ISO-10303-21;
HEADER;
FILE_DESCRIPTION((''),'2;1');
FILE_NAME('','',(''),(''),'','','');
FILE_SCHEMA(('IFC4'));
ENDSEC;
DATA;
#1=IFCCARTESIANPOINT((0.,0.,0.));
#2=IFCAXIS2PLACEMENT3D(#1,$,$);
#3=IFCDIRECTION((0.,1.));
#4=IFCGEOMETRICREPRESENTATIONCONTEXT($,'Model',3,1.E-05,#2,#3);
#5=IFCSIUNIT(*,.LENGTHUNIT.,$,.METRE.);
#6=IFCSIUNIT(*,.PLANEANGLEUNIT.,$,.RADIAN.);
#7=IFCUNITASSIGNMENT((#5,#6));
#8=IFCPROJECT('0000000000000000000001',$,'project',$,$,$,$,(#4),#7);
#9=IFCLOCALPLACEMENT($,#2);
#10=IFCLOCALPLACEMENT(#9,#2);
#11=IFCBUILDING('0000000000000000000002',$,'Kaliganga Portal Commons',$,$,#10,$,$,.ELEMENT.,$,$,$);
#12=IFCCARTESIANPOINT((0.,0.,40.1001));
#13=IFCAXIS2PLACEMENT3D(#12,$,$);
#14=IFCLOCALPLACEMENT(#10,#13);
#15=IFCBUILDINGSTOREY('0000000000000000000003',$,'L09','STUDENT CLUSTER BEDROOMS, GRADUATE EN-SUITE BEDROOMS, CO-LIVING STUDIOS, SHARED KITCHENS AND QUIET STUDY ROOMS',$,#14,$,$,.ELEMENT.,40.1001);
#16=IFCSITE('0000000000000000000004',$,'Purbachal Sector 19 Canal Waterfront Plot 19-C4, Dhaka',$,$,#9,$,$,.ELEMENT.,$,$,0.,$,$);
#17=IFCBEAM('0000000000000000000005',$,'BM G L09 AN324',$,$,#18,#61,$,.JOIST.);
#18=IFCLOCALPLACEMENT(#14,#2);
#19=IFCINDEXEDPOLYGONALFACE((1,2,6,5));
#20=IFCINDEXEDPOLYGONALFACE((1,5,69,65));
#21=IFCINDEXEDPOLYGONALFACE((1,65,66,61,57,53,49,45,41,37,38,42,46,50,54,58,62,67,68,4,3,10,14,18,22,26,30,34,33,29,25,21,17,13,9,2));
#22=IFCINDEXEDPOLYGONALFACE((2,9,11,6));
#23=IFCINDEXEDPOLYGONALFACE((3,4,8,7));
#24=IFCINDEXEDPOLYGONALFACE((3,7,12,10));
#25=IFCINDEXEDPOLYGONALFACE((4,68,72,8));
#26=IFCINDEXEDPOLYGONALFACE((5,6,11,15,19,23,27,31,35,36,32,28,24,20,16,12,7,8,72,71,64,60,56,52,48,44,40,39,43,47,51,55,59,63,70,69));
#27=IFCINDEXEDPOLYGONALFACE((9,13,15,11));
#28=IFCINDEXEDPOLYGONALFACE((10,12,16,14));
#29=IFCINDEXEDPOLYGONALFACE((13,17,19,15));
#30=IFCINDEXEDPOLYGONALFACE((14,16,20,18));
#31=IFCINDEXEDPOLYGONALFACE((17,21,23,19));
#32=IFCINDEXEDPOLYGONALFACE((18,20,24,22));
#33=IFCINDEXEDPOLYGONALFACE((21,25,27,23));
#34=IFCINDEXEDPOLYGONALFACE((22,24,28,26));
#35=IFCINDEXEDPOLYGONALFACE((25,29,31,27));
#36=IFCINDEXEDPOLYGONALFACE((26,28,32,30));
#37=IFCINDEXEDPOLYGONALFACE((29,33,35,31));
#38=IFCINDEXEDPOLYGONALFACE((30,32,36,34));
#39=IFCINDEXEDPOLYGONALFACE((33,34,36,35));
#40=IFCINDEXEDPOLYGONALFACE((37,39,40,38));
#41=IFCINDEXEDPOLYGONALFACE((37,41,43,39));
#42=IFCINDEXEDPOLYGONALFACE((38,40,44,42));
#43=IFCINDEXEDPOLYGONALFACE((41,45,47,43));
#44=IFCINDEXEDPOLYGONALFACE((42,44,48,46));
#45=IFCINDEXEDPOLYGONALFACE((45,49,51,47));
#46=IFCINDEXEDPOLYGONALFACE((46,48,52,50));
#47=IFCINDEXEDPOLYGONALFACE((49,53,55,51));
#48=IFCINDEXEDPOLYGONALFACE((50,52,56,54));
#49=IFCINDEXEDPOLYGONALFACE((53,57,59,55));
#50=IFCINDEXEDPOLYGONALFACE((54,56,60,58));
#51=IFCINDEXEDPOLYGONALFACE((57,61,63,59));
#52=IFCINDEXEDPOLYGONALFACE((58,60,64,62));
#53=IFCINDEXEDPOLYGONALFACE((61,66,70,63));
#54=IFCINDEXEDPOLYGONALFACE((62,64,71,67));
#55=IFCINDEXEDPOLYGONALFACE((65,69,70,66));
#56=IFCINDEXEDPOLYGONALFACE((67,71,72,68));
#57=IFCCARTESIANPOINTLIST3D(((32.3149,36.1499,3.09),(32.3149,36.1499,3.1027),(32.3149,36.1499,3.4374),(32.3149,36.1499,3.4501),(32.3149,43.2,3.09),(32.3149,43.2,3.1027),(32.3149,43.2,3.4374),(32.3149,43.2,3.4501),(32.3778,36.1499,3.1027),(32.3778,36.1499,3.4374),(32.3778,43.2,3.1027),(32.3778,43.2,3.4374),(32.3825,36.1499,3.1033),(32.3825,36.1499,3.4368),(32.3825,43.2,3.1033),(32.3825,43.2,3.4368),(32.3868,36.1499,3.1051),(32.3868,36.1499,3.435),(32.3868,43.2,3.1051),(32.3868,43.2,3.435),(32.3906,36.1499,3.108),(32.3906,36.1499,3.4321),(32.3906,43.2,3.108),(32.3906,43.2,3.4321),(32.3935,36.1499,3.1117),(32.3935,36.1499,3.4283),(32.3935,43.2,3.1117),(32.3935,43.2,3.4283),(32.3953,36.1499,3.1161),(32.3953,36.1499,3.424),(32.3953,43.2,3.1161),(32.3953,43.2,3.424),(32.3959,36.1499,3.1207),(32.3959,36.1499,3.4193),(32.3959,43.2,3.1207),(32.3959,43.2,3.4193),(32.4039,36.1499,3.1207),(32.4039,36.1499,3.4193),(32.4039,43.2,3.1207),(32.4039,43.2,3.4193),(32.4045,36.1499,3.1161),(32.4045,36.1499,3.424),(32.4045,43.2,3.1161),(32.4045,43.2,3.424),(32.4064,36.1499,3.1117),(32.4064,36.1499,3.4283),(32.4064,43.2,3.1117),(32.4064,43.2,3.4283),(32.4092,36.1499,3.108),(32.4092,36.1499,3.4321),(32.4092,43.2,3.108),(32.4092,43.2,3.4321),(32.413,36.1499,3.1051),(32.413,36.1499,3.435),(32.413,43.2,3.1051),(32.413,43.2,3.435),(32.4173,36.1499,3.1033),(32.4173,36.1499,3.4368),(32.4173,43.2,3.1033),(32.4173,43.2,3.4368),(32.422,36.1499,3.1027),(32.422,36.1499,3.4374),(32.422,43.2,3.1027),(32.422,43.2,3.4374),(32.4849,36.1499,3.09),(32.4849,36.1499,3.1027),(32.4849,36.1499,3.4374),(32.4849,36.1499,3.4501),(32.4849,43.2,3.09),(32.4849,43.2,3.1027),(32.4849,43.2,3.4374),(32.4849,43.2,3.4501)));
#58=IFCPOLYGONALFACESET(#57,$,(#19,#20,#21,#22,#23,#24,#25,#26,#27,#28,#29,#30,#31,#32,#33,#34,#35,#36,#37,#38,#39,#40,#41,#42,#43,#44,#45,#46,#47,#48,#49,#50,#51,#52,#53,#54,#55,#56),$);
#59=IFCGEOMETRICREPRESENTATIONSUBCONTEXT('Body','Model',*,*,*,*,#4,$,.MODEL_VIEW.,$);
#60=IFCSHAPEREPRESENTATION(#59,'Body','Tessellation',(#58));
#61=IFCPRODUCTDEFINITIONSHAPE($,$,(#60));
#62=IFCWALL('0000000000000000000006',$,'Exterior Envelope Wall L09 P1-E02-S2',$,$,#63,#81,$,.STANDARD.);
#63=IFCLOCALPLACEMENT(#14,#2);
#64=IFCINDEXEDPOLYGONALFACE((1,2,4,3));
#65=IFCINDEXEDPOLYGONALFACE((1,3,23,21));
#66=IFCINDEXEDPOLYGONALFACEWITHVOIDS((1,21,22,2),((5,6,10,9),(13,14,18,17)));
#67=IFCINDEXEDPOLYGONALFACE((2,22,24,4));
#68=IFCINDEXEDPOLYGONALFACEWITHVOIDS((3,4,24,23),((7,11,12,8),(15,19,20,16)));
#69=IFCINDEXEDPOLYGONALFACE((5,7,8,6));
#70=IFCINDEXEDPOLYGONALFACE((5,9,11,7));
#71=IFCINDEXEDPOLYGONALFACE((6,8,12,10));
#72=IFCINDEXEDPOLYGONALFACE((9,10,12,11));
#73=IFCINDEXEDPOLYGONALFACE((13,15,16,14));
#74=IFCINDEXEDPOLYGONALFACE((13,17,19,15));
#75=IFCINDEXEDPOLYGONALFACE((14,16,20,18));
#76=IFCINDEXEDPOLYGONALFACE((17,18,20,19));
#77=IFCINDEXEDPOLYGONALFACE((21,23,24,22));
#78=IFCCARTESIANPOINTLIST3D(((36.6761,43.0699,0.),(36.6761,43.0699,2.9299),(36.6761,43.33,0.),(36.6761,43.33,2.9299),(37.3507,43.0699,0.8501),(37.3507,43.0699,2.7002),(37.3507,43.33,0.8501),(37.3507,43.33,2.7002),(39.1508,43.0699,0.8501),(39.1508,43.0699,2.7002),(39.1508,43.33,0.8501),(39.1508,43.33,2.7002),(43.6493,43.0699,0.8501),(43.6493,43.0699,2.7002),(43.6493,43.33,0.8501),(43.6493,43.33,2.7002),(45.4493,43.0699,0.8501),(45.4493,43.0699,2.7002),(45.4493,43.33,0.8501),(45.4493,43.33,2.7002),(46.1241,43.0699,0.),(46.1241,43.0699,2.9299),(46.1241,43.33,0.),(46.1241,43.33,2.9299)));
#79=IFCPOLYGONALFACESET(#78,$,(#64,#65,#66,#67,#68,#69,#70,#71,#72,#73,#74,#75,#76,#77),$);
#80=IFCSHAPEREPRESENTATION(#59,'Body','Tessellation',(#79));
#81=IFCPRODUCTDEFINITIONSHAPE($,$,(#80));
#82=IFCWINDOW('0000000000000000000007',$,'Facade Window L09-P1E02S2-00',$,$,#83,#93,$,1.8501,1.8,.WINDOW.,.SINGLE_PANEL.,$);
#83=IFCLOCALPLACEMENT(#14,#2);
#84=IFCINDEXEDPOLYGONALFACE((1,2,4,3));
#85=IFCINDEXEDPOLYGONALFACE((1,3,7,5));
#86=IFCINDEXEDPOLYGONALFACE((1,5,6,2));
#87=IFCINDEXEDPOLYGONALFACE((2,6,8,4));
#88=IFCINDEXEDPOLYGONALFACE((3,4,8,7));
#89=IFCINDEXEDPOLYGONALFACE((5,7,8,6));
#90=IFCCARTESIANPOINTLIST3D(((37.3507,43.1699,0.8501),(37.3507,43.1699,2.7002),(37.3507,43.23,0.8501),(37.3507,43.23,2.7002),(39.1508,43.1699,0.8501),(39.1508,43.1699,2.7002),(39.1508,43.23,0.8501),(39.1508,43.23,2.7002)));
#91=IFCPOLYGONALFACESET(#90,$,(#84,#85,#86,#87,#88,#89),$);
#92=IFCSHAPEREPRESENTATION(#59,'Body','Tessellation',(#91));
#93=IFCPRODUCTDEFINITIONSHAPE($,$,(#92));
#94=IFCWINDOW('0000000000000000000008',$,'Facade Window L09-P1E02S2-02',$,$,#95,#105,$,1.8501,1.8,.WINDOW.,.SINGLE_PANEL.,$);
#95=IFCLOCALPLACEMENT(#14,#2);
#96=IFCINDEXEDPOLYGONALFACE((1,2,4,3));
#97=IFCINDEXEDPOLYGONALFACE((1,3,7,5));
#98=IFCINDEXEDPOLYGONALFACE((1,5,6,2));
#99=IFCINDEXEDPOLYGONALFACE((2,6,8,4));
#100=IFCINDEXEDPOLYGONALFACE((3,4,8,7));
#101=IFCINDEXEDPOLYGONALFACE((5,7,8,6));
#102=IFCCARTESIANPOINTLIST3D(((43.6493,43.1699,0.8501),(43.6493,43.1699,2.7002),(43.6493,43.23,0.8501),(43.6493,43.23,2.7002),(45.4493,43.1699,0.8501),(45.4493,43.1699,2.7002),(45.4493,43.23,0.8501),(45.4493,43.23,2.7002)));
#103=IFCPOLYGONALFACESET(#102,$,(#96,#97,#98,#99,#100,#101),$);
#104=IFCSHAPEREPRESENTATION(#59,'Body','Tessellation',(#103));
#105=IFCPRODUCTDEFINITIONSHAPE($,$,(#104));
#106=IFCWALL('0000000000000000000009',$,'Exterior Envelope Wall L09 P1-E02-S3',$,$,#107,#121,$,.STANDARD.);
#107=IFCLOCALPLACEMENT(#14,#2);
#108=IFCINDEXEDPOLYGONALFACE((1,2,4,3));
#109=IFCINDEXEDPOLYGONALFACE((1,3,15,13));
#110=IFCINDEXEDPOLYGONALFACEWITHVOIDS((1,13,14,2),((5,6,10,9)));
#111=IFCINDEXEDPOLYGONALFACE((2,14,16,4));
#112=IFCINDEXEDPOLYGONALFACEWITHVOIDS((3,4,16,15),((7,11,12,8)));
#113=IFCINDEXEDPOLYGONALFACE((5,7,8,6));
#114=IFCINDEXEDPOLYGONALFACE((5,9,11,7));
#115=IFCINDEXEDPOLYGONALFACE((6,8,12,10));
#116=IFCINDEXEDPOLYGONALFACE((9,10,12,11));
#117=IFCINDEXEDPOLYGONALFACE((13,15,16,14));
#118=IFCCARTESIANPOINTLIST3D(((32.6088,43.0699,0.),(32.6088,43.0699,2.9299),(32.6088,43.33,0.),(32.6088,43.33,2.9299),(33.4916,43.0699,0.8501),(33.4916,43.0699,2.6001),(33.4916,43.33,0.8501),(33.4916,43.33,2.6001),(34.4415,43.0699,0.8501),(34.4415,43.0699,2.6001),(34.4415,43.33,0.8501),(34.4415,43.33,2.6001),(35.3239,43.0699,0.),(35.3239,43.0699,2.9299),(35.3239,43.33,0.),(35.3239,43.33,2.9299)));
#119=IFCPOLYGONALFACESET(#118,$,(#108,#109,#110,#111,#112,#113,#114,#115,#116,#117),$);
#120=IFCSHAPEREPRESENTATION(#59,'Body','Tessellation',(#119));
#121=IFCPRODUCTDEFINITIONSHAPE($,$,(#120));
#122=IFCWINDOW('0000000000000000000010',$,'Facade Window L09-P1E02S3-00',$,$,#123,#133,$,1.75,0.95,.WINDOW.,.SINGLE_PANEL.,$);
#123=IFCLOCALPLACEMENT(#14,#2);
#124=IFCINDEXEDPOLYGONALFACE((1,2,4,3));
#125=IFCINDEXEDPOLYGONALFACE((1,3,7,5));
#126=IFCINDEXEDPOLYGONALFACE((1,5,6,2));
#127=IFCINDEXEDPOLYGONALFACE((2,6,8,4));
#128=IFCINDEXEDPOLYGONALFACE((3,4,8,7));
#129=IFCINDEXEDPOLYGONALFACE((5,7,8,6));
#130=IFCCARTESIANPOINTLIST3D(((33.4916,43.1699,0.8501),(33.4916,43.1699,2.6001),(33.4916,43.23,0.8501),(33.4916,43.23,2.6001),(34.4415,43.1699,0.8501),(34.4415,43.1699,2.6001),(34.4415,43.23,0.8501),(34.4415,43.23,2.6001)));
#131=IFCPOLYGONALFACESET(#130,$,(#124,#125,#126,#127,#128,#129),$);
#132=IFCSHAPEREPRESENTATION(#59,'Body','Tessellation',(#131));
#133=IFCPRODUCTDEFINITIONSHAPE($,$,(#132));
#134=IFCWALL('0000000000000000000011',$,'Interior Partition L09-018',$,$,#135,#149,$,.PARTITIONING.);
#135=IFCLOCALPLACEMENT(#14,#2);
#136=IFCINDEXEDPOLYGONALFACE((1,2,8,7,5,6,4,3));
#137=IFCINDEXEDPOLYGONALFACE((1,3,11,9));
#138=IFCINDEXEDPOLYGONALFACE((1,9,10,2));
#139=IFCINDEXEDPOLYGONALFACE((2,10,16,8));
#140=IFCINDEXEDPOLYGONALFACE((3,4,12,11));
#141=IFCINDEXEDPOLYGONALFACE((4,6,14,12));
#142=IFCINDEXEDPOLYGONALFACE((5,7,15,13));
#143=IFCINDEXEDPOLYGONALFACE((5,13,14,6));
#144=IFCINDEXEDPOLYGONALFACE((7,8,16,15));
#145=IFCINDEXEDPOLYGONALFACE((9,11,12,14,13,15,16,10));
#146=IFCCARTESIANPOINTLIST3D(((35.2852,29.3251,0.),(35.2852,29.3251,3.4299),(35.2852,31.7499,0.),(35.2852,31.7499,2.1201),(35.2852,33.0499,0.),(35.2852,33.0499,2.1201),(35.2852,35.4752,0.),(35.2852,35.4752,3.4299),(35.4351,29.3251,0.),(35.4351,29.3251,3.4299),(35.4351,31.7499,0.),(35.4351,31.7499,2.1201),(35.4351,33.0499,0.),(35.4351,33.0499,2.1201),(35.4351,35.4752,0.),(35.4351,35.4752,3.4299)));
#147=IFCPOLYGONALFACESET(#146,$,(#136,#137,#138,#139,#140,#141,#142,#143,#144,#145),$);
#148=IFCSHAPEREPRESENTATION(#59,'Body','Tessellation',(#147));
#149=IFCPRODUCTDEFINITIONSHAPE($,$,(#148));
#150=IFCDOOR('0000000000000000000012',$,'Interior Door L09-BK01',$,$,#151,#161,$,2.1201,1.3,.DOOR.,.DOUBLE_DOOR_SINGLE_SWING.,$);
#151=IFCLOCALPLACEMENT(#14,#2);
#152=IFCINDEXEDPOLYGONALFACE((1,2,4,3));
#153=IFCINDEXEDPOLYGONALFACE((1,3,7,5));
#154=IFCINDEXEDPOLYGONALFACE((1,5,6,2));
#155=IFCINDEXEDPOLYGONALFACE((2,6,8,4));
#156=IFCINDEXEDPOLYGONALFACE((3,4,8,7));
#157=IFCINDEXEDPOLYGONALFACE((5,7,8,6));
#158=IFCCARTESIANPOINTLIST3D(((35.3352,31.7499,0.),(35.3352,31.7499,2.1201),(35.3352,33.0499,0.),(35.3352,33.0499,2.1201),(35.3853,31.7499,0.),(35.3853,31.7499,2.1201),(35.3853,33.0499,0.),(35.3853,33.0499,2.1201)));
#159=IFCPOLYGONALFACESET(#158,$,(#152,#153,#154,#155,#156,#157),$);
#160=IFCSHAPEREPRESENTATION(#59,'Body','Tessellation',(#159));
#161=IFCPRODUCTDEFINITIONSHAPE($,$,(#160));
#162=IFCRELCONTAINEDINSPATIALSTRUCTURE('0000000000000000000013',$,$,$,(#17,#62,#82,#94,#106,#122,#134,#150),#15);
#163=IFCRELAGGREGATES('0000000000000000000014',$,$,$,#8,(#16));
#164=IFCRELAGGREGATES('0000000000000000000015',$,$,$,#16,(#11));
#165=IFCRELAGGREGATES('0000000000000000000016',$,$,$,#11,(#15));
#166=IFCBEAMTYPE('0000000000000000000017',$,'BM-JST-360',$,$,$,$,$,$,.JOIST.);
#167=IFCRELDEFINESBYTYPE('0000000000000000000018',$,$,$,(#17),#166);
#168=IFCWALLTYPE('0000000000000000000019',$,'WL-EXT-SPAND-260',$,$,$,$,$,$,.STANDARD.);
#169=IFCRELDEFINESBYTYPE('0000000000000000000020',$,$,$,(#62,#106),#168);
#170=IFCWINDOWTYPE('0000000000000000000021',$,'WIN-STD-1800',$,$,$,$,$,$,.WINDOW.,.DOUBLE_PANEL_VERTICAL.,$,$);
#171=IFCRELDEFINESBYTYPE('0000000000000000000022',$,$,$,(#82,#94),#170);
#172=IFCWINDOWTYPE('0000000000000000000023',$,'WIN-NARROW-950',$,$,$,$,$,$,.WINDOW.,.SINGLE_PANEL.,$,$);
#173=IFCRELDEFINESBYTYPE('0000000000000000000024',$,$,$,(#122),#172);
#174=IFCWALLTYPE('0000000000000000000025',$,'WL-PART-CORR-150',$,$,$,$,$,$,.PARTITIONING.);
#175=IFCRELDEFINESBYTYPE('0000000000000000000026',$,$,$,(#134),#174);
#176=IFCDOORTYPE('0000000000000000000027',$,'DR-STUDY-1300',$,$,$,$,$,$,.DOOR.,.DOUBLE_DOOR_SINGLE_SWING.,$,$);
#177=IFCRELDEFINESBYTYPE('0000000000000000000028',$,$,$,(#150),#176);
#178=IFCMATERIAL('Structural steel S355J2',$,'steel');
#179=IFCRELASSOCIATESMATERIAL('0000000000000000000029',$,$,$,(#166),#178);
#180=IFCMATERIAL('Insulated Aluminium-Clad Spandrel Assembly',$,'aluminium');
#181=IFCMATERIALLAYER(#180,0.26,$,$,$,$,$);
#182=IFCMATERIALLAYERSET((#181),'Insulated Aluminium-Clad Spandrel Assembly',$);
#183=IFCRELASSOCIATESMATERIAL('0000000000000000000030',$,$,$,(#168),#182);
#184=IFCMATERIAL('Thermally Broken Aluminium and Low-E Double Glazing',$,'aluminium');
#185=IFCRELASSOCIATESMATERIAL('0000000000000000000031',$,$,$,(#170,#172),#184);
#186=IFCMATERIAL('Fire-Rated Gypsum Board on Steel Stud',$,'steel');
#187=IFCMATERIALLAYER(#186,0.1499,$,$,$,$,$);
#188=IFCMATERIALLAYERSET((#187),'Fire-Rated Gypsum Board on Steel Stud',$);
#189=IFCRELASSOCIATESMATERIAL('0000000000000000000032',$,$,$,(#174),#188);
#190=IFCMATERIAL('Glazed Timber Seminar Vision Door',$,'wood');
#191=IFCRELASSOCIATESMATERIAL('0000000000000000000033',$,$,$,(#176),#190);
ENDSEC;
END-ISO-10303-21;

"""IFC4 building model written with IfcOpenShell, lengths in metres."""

from ifc_helpers import new_model, si_unit, direction, frame, frame_2d, origin, origin_2d, place, context, subcontext, project, spatial, rectangle, i_section, extrude, source, transform, mapped, material, layer, layer_set, material_profile, profile_set, type_object, element, fill, save


model = new_model("IFC4")

# Units and contexts
model_context = context("Model", 3, precision=1e-05, world=origin(), true_north=direction((0.0, 1.0)))
body_context = subcontext(model_context, "Body", "Model", "MODEL_VIEW")
ifc_project = project(units=[si_unit("LENGTHUNIT", "METRE"), si_unit("PLANEANGLEUNIT", "RADIAN")], contexts=[model_context])

# Site, building, storey
site_placement = place(None, origin())
site = spatial("IfcSite", under=ifc_project, at=site_placement, Name="Purbachal Sector 19 Canal Waterfront Plot 19-C4, Dhaka", CompositionType="ELEMENT", RefElevation=0.0)
building_placement = place(site_placement, origin())
building = spatial("IfcBuilding", under=site, at=building_placement, Name="Kaliganga Portal Commons", CompositionType="ELEMENT")
storey_placement = place(building_placement, frame((0.0, 0.0, 40.1001)))
storey = spatial("IfcBuildingStorey", under=building, at=storey_placement, Name="L09", Description="STUDENT CLUSTER BEDROOMS, GRADUATE EN-SUITE BEDROOMS, CO-LIVING STUDIOS, SHARED KITCHENS AND QUIET STUDY ROOMS", CompositionType="ELEMENT", Elevation=40.1001)

# Beam
ifc_material_1 = material(Name="Structural steel S355J2", Category="steel")
ifc_material_profile_1 = material_profile(ifc_material_1, i_section(OverallWidth=0.1699, OverallDepth=0.3601, WebThickness=0.0081, FlangeThickness=0.0127, FilletRadius=0.0181, at=origin_2d()), Name="IPE 360")
ifc_profile_set_1 = profile_set([ifc_material_profile_1], Name="Structural steel S355J2 wide-flange")
beam_type_1 = type_object("IfcBeamType", Name="BM-JST-360", PredefinedType="JOIST", material=ifc_profile_set_1)
shared_shape_1 = source(origin(), body_context, "Body", "SweptSolid", [
    extrude(i_section(OverallWidth=0.1699, OverallDepth=0.3601, WebThickness=0.0081, FlangeThickness=0.0127, FilletRadius=0.0181, at=origin_2d()), origin(), (0.0, 0.0, 1.0), 7.05),
])
beam_1_placement = place(storey_placement, frame((32.3999, 36.1499, 3.27), z_axis=(0.0, 1.0, 0.0), x_axis=(-1.0, 0.0, 0.0)))
element("IfcBeam", 1, at=beam_1_placement, inside=storey, type_object=beam_type_1, Name="BM G L09 AN324", PredefinedType="JOIST", context=body_context, shape_type="MappedRepresentation", body=[
    mapped(shared_shape_1, transform((0.0, 0.0, 0.0), x_axis=(1.0, 0.0, 0.0), y_axis=(0.0, 1.0, 0.0), z_axis=(0.0, 0.0, 1.0), scale=1.0)),
])

# Wall, openings, windows
ifc_material_2 = material(Name="Insulated Aluminium-Clad Spandrel Assembly", Category="aluminium")
ifc_layer_1 = layer(ifc_material_2, 0.26)
ifc_layer_set_1 = layer_set([ifc_layer_1], Name="Insulated Aluminium-Clad Spandrel Assembly")
wall_type_1 = type_object("IfcWallType", Name="WL-EXT-SPAND-260", PredefinedType="STANDARD", material=ifc_layer_set_1)
wall_1_placement = place(storey_placement, frame((36.676, 43.2, 0.0), z_axis=(0.0, 0.0, 1.0), x_axis=(1.0, 0.0, 0.0)))
wall_1 = element("IfcWall", 2, at=wall_1_placement, inside=storey, type_object=wall_type_1, Name="Exterior Envelope Wall L09 P1-E02-S2", PredefinedType="STANDARD", context=body_context, shape_type="SweptSolid", body=[
    extrude(rectangle(XDim=9.448, YDim=0.26, at=frame_2d((4.7241, 0.0))), origin(), (0.0, 0.0, 1.0), 2.9299),
])
opening_1_placement = place(wall_1_placement, frame((0.6748, 0.0, 0.8501)))
opening_1 = element("IfcOpeningElement", 3, at=opening_1_placement, cuts=wall_1, PredefinedType="OPENING", context=body_context, shape_type="SweptSolid", body=[
    extrude(rectangle(XDim=1.8, YDim=1.8501, at=frame_2d((0.8999, 0.925))), frame((0.0, 0.1401, 0.0), z_axis=(0.0, -1.0, 0.0), x_axis=(1.0, 0.0, 0.0)), (0.0, 0.0, 1.0), 0.28),
])
opening_2_placement = place(wall_1_placement, frame((6.9734, 0.0, 0.8501)))
opening_2 = element("IfcOpeningElement", 4, at=opening_2_placement, cuts=wall_1, PredefinedType="OPENING", context=body_context, shape_type="SweptSolid", body=[
    extrude(rectangle(XDim=1.8, YDim=1.8501, at=frame_2d((0.8999, 0.925))), frame((0.0, 0.1401, 0.0), z_axis=(0.0, -1.0, 0.0), x_axis=(1.0, 0.0, 0.0)), (0.0, 0.0, 1.0), 0.28),
])
ifc_material_3 = material(Name="Thermally Broken Aluminium and Low-E Double Glazing", Category="aluminium")
window_type_1 = type_object("IfcWindowType", Name="WIN-STD-1800", PartitioningType="DOUBLE_PANEL_VERTICAL", PredefinedType="WINDOW", material=ifc_material_3)
window_1_placement = place(opening_1_placement, origin())
window_1 = element("IfcWindow", 5, at=window_1_placement, inside=storey, type_object=window_type_1, Name="Facade Window L09-P1E02S2-00", OverallHeight=1.8501, OverallWidth=1.8, PartitioningType="SINGLE_PANEL", PredefinedType="WINDOW", context=body_context, shape_type="SweptSolid", body=[
    extrude(rectangle(XDim=1.8, YDim=1.8501, at=frame_2d((0.8999, 0.925))), frame((0.0, 0.03, 0.0), z_axis=(0.0, -1.0, 0.0), x_axis=(1.0, 0.0, 0.0)), (0.0, 0.0, 1.0), 0.0601),
])
fill(opening_1, window_1)
window_2_placement = place(opening_2_placement, origin())
window_2 = element("IfcWindow", 6, at=window_2_placement, inside=storey, type_object=window_type_1, Name="Facade Window L09-P1E02S2-02", OverallHeight=1.8501, OverallWidth=1.8, PartitioningType="SINGLE_PANEL", PredefinedType="WINDOW", context=body_context, shape_type="SweptSolid", body=[
    extrude(rectangle(XDim=1.8, YDim=1.8501, at=frame_2d((0.8999, 0.925))), frame((0.0, 0.03, 0.0), z_axis=(0.0, -1.0, 0.0), x_axis=(1.0, 0.0, 0.0)), (0.0, 0.0, 1.0), 0.0601),
])
fill(opening_2, window_2)

# Wall, opening, window
wall_2_placement = place(storey_placement, frame((32.6089, 43.2, 0.0), z_axis=(0.0, 0.0, 1.0), x_axis=(1.0, 0.0, 0.0)))
wall_2 = element("IfcWall", 7, at=wall_2_placement, inside=storey, type_object=wall_type_1, Name="Exterior Envelope Wall L09 P1-E02-S3", PredefinedType="STANDARD", context=body_context, shape_type="SweptSolid", body=[
    extrude(rectangle(XDim=2.7151, YDim=0.26, at=frame_2d((1.3574, 0.0))), origin(), (0.0, 0.0, 1.0), 2.9299),
])
opening_3_placement = place(wall_2_placement, frame((0.8826, 0.0, 0.8501)))
opening_3 = element("IfcOpeningElement", 8, at=opening_3_placement, cuts=wall_2, PredefinedType="OPENING", context=body_context, shape_type="SweptSolid", body=[
    extrude(rectangle(XDim=0.95, YDim=1.75, at=frame_2d((0.4751, 0.875))), frame((0.0, 0.1401, 0.0), z_axis=(0.0, -1.0, 0.0), x_axis=(1.0, 0.0, 0.0)), (0.0, 0.0, 1.0), 0.28),
])
window_type_2 = type_object("IfcWindowType", Name="WIN-NARROW-950", PartitioningType="SINGLE_PANEL", PredefinedType="WINDOW", material=ifc_material_3)
window_3_placement = place(opening_3_placement, origin())
window_3 = element("IfcWindow", 9, at=window_3_placement, inside=storey, type_object=window_type_2, Name="Facade Window L09-P1E02S3-00", OverallHeight=1.75, OverallWidth=0.95, PartitioningType="SINGLE_PANEL", PredefinedType="WINDOW", context=body_context, shape_type="SweptSolid", body=[
    extrude(rectangle(XDim=0.95, YDim=1.75, at=frame_2d((0.4751, 0.875))), frame((0.0, 0.03, 0.0), z_axis=(0.0, -1.0, 0.0), x_axis=(1.0, 0.0, 0.0)), (0.0, 0.0, 1.0), 0.0601),
])
fill(opening_3, window_3)

# Wall, opening, door
ifc_material_4 = material(Name="Fire-Rated Gypsum Board on Steel Stud", Category="steel")
ifc_layer_2 = layer(ifc_material_4, 0.1499)
ifc_layer_set_2 = layer_set([ifc_layer_2], Name="Fire-Rated Gypsum Board on Steel Stud")
wall_type_2 = type_object("IfcWallType", Name="WL-PART-CORR-150", PredefinedType="PARTITIONING", material=ifc_layer_set_2)
wall_3_placement = place(storey_placement, frame((35.3601, 29.325, 0.0), z_axis=(0.0, 0.0, 1.0), x_axis=(0.0, 1.0, 0.0)))
wall_3 = element("IfcWall", 10, at=wall_3_placement, inside=storey, type_object=wall_type_2, Name="Interior Partition L09-018", PredefinedType="PARTITIONING", context=body_context, shape_type="SweptSolid", body=[
    extrude(rectangle(XDim=6.1501, YDim=0.1499, at=frame_2d((3.0752, 0.0))), origin(), (0.0, 0.0, 1.0), 3.4299),
])
opening_4_placement = place(wall_3_placement, frame((2.425, 0.0, 0.0)))
opening_4 = element("IfcOpeningElement", 11, at=opening_4_placement, cuts=wall_3, PredefinedType="OPENING", context=body_context, shape_type="SweptSolid", body=[
    extrude(rectangle(XDim=1.3, YDim=2.1201, at=frame_2d((0.6499, 1.0601))), frame((0.0, 0.085, 0.0), z_axis=(0.0, -1.0, 0.0), x_axis=(1.0, 0.0, 0.0)), (0.0, 0.0, 1.0), 0.1699),
])
ifc_material_5 = material(Name="Glazed Timber Seminar Vision Door", Category="wood")
door_type_1 = type_object("IfcDoorType", Name="DR-STUDY-1300", OperationType="DOUBLE_DOOR_SINGLE_SWING", PredefinedType="DOOR", material=ifc_material_5)
door_1_placement = place(opening_4_placement, origin())
door_1 = element("IfcDoor", 12, at=door_1_placement, inside=storey, type_object=door_type_1, Name="Interior Door L09-BK01", OperationType="DOUBLE_DOOR_SINGLE_SWING", OverallHeight=2.1201, OverallWidth=1.3, PredefinedType="DOOR", context=body_context, shape_type="SweptSolid", body=[
    extrude(rectangle(XDim=1.3, YDim=2.1201, at=frame_2d((0.6499, 1.0601))), frame((0.0, 0.0249, 0.0), z_axis=(0.0, -1.0, 0.0), x_axis=(1.0, 0.0, 0.0)), (0.0, 0.0, 1.0), 0.05),
])
fill(opening_4, door_1)

save(model, "model.ifc")
